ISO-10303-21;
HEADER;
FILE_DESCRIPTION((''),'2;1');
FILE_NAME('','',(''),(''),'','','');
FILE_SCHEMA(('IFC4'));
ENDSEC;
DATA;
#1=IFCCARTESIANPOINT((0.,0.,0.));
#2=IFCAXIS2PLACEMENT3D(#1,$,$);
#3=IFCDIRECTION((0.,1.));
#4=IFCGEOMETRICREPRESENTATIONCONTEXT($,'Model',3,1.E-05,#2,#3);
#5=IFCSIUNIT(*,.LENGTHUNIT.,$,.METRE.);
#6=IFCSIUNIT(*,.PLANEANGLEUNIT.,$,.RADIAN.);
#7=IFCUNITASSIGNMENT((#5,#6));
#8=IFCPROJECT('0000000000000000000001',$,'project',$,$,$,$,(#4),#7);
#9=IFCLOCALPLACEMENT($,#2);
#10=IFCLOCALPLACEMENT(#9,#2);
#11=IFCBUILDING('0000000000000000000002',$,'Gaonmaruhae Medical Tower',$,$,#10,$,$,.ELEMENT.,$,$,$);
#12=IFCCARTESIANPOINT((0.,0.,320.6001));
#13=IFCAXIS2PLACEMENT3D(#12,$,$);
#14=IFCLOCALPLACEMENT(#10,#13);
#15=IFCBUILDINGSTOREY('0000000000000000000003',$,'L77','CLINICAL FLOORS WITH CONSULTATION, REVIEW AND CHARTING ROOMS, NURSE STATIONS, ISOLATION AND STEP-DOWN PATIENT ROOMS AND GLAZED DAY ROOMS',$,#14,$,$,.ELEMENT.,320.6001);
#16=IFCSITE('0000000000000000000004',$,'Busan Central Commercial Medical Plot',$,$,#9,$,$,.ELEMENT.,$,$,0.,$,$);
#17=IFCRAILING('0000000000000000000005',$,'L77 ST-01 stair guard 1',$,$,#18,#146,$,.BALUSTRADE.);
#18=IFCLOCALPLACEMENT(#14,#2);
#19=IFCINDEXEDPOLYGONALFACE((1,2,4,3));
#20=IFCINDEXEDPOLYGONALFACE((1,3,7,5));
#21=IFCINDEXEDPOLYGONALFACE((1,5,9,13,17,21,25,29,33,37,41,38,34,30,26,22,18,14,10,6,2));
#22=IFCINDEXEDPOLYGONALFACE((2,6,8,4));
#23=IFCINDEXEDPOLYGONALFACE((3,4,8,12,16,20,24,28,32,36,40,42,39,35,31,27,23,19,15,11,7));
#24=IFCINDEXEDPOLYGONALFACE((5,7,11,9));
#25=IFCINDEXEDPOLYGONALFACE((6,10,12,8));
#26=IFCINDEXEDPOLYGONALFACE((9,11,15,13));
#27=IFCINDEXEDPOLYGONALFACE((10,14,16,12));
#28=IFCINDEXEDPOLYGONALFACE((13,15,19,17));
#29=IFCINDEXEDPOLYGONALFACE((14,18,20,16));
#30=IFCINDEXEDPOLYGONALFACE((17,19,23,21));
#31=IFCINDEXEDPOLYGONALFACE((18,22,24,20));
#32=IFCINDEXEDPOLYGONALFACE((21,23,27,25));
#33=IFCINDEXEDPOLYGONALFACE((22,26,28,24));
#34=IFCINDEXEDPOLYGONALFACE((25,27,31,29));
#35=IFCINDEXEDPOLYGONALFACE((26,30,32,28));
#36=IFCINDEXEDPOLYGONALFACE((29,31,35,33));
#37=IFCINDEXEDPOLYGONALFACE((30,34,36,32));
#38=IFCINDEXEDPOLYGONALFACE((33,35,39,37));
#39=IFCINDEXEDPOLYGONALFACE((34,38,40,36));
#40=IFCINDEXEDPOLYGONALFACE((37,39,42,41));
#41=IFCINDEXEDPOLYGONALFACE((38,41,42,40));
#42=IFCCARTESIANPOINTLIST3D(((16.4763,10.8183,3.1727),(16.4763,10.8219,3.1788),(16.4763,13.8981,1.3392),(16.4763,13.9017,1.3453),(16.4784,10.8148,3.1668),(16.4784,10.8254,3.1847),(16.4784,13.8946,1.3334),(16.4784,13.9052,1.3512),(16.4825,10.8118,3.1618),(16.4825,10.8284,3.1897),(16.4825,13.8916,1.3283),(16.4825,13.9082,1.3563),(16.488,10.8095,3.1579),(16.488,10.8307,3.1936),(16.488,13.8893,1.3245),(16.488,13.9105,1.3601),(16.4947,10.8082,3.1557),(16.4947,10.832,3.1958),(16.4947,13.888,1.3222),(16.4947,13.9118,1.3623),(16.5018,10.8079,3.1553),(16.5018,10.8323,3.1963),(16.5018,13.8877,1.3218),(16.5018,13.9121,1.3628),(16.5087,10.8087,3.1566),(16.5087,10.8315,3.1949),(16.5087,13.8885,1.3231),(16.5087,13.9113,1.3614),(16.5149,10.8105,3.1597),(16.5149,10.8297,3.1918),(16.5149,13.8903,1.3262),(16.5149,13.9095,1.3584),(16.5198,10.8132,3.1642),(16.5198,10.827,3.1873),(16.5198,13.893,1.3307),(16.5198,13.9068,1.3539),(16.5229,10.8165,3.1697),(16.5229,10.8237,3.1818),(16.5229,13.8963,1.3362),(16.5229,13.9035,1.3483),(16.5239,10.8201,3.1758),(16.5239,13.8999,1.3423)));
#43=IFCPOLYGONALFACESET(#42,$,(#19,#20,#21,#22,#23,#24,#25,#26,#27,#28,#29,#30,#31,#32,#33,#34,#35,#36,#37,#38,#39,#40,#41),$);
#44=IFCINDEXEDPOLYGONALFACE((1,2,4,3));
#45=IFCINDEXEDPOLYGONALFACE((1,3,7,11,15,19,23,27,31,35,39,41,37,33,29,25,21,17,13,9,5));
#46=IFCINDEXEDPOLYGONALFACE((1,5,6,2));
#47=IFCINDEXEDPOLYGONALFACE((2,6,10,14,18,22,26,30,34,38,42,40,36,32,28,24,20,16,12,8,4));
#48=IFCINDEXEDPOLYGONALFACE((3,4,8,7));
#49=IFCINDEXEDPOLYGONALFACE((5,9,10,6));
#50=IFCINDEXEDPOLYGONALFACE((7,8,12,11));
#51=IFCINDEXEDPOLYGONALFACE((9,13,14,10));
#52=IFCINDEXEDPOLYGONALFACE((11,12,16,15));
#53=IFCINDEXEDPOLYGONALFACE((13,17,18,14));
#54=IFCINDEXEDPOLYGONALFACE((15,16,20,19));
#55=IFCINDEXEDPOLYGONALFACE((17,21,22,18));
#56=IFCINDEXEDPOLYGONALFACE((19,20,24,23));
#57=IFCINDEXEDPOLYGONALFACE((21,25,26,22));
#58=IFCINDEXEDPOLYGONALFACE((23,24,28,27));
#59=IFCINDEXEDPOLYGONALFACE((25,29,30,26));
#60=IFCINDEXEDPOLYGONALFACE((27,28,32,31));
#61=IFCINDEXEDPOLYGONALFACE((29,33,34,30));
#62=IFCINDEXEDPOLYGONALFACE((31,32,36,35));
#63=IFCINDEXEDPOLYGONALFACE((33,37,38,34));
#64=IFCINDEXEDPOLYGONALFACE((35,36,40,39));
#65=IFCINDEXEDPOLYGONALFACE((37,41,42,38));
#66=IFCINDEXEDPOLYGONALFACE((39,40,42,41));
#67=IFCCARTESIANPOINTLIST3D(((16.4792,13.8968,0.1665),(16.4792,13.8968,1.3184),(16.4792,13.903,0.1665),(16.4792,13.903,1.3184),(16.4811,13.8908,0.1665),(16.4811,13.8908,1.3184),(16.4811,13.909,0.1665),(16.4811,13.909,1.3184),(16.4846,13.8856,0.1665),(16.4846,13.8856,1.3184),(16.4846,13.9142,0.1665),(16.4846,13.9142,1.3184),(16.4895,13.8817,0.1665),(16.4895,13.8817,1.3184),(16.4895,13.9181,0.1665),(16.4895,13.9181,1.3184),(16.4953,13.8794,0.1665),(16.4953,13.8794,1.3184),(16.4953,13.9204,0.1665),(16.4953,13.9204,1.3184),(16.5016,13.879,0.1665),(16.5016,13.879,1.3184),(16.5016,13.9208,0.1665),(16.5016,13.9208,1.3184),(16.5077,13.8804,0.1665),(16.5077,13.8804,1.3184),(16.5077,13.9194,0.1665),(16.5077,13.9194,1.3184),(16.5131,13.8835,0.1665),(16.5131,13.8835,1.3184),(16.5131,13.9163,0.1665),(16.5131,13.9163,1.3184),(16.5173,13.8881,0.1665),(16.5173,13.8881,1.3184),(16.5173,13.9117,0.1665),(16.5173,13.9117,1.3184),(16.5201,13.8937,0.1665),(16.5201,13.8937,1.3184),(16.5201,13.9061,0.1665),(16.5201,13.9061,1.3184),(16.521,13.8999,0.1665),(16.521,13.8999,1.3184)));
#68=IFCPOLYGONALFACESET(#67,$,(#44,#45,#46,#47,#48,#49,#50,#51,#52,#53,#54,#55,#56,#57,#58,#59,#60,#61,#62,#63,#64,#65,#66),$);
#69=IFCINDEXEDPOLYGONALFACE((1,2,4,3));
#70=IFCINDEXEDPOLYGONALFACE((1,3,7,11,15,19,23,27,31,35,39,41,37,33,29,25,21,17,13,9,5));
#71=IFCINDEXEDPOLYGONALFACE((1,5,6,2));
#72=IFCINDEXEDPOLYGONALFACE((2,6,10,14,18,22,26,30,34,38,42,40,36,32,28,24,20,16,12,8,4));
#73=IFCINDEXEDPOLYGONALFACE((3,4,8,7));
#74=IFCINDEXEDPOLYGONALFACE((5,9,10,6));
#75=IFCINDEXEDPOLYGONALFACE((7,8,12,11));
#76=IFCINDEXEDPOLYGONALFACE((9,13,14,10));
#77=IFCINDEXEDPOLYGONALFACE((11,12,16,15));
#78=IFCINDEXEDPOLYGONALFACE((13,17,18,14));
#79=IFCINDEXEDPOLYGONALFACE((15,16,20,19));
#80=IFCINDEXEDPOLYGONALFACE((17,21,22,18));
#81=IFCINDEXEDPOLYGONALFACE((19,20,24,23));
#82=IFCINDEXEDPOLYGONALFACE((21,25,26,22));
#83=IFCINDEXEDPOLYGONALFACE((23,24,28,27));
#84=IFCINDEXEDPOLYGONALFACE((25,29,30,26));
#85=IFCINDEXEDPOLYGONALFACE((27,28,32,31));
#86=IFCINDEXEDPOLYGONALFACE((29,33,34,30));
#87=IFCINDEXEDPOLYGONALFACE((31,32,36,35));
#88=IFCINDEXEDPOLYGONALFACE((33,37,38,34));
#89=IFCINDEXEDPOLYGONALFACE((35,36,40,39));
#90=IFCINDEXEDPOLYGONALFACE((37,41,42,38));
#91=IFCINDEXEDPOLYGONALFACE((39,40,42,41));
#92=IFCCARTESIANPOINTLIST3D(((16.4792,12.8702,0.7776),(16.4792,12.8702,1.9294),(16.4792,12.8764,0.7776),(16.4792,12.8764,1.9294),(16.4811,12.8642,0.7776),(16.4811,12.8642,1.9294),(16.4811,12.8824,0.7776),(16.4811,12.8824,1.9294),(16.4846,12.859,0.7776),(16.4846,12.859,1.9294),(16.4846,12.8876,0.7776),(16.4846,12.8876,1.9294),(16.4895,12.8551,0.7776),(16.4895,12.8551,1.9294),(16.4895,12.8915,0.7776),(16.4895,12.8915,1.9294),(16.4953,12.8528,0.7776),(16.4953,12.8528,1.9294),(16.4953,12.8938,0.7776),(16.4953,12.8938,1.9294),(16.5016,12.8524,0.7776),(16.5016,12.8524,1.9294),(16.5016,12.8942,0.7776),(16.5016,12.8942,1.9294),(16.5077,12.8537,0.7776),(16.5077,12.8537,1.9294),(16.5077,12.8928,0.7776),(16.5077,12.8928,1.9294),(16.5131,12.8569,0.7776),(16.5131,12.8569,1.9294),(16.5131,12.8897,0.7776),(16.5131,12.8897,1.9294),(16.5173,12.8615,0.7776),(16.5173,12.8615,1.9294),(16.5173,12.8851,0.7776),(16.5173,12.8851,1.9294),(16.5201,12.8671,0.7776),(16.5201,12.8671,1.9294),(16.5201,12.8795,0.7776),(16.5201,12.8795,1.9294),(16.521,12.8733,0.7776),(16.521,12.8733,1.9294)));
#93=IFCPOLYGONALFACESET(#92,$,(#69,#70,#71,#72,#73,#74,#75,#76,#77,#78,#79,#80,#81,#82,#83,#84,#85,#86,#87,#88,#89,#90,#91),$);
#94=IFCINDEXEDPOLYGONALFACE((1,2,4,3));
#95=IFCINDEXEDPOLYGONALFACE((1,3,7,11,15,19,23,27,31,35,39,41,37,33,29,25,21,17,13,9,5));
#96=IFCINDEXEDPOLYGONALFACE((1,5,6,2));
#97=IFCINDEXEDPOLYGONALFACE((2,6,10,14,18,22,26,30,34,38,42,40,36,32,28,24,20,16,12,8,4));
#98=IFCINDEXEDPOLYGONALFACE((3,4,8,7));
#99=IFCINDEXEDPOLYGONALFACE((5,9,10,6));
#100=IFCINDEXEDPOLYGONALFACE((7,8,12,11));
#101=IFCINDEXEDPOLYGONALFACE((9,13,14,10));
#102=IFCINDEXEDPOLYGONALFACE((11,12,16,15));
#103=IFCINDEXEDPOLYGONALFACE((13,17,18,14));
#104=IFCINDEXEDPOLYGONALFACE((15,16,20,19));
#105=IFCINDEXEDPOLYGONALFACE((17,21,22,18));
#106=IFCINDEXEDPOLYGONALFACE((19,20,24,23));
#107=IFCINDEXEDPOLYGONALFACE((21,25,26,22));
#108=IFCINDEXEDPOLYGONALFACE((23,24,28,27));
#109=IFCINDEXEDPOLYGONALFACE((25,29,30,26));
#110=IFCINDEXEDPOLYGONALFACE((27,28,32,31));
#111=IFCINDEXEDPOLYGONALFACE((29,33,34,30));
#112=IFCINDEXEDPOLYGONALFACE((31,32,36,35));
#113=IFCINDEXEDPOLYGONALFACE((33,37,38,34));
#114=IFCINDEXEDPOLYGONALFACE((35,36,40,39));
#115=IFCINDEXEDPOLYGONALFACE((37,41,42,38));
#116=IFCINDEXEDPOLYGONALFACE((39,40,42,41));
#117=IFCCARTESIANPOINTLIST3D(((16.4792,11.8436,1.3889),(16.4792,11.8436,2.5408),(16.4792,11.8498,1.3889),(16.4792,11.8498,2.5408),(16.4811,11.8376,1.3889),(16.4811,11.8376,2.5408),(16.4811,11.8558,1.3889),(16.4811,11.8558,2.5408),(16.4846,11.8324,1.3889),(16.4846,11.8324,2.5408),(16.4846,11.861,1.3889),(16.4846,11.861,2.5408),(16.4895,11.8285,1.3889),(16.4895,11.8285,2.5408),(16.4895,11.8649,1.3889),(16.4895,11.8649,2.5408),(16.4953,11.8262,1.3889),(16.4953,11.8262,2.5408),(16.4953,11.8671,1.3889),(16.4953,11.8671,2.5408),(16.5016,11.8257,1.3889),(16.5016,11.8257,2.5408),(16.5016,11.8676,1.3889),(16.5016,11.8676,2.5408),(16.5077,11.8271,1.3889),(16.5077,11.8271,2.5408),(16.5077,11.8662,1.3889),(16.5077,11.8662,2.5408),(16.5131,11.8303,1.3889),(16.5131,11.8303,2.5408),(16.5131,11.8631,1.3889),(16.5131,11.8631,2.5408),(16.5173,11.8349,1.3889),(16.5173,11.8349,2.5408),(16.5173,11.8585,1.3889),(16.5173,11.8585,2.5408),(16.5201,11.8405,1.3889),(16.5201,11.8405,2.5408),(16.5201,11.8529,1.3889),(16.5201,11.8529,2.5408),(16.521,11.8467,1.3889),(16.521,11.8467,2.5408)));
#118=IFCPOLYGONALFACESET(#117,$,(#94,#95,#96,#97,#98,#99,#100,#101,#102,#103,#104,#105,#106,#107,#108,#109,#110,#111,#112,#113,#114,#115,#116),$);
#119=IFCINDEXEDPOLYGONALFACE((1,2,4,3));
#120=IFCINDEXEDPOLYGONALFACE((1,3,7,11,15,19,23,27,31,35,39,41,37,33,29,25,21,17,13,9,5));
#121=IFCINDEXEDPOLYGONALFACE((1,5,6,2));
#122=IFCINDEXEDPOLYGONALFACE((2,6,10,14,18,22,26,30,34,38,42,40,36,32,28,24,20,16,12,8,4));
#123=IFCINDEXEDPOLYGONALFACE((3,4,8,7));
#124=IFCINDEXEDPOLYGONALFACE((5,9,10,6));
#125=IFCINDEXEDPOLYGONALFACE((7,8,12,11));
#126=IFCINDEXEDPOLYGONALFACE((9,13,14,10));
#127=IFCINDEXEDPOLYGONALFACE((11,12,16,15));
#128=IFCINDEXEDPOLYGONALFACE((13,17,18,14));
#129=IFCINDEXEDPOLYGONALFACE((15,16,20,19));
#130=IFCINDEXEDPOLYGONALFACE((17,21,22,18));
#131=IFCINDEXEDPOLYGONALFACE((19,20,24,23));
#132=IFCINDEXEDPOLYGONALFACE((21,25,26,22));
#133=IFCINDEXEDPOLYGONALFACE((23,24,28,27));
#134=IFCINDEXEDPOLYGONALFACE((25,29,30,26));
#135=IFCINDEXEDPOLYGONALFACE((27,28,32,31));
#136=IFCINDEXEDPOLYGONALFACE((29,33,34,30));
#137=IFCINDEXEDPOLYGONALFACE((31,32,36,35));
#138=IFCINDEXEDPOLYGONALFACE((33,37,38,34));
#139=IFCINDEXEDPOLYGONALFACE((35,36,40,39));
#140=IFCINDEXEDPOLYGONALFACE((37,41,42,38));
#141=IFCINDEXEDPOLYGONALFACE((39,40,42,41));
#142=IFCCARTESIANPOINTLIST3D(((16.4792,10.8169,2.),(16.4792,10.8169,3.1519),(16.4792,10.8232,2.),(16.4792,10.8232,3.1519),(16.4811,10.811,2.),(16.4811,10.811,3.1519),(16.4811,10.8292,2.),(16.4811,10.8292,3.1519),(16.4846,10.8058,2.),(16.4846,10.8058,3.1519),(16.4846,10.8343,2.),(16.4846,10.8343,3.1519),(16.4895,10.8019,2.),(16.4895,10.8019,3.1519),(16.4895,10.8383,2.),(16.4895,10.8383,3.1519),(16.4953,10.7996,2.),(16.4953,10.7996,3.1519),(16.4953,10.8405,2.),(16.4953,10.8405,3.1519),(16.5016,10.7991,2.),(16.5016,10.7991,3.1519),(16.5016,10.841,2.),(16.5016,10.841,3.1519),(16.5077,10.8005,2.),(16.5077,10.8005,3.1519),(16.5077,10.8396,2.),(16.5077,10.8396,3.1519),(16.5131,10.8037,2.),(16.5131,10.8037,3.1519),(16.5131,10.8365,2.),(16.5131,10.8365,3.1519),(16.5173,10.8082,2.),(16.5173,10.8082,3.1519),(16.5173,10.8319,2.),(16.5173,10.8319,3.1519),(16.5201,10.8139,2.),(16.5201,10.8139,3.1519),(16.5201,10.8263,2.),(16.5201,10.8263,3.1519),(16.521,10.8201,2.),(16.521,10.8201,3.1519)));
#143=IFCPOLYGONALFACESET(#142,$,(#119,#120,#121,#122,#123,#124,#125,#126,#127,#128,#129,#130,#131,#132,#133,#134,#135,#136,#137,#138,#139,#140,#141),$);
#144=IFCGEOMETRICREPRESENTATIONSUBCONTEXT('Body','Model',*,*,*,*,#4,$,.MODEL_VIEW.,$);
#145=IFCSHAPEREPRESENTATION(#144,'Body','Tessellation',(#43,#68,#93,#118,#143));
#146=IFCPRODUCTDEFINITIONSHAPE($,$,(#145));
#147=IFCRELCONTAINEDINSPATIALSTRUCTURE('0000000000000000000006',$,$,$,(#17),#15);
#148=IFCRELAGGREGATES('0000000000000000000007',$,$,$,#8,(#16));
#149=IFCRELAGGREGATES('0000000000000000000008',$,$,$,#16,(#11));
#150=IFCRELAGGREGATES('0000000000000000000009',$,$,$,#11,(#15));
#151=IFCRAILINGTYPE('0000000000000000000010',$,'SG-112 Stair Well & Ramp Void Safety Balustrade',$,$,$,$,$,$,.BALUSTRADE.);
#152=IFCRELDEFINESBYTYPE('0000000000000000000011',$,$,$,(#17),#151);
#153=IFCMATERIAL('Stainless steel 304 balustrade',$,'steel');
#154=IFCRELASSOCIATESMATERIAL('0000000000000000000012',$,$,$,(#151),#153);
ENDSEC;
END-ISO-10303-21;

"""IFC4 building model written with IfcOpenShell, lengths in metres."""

from ifc_helpers import new_model, si_unit, direction, frame, origin, origin_2d, place, context, subcontext, project, spatial, circle, extrude, material, type_object, element, save


model = new_model("IFC4")

# Units and contexts
model_context = context("Model", 3, precision=1e-05, world=origin(), true_north=direction((0.0, 1.0)))
body_context = subcontext(model_context, "Body", "Model", "MODEL_VIEW")
ifc_project = project(units=[si_unit("LENGTHUNIT", "METRE"), si_unit("PLANEANGLEUNIT", "RADIAN")], contexts=[model_context])

# Site, building, storey
site_placement = place(None, origin())
site = spatial("IfcSite", under=ifc_project, at=site_placement, Name="Busan Central Commercial Medical Plot", CompositionType="ELEMENT", RefElevation=0.0)
building_placement = place(site_placement, origin())
building = spatial("IfcBuilding", under=site, at=building_placement, Name="Gaonmaruhae Medical Tower", CompositionType="ELEMENT")
storey_placement = place(building_placement, frame((0.0, 0.0, 320.6001)))
storey = spatial("IfcBuildingStorey", under=building, at=storey_placement, Name="L77", Description="CLINICAL FLOORS WITH CONSULTATION, REVIEW AND CHARTING ROOMS, NURSE STATIONS, ISOLATION AND STEP-DOWN PATIENT ROOMS AND GLAZED DAY ROOMS", CompositionType="ELEMENT", Elevation=320.6001)

# Railing
ifc_material_1 = material(Name="Stainless steel 304 balustrade", Category="steel")
railing_type = type_object("IfcRailingType", Name="SG-112 Stair Well & Ramp Void Safety Balustrade", PredefinedType="BALUSTRADE", material=ifc_material_1)
railing_1_placement = place(storey_placement, frame((16.5, 13.8999, 0.1665)))
element("IfcRailing", 1, at=railing_1_placement, inside=storey, type_object=railing_type, Name="L77 ST-01 stair guard 1", PredefinedType="BALUSTRADE", context=body_context, shape_type="SweptSolid", body=[
    extrude(circle(Radius=0.0239, at=origin_2d()), frame((0.0, 0.0, 1.1758), z_axis=(0.0, -0.859261, 0.511538), x_axis=(1.0, 0.0, 0.0)), (0.0, 0.0, 1.0), 3.5842),
    extrude(circle(Radius=0.021, at=origin_2d()), origin(), (0.0, 0.0, 1.0), 1.1519),
    extrude(circle(Radius=0.021, at=origin_2d()), frame((0.0, -1.0266, 0.6111)), (0.0, 0.0, 1.0), 1.1519),
    extrude(circle(Radius=0.021, at=origin_2d()), frame((0.0, -2.0532, 1.2224)), (0.0, 0.0, 1.0), 1.1519),
    extrude(circle(Radius=0.021, at=origin_2d()), frame((0.0, -3.0798, 1.8335)), (0.0, 0.0, 1.0), 1.1519),
])

save(model, "model.ifc")
